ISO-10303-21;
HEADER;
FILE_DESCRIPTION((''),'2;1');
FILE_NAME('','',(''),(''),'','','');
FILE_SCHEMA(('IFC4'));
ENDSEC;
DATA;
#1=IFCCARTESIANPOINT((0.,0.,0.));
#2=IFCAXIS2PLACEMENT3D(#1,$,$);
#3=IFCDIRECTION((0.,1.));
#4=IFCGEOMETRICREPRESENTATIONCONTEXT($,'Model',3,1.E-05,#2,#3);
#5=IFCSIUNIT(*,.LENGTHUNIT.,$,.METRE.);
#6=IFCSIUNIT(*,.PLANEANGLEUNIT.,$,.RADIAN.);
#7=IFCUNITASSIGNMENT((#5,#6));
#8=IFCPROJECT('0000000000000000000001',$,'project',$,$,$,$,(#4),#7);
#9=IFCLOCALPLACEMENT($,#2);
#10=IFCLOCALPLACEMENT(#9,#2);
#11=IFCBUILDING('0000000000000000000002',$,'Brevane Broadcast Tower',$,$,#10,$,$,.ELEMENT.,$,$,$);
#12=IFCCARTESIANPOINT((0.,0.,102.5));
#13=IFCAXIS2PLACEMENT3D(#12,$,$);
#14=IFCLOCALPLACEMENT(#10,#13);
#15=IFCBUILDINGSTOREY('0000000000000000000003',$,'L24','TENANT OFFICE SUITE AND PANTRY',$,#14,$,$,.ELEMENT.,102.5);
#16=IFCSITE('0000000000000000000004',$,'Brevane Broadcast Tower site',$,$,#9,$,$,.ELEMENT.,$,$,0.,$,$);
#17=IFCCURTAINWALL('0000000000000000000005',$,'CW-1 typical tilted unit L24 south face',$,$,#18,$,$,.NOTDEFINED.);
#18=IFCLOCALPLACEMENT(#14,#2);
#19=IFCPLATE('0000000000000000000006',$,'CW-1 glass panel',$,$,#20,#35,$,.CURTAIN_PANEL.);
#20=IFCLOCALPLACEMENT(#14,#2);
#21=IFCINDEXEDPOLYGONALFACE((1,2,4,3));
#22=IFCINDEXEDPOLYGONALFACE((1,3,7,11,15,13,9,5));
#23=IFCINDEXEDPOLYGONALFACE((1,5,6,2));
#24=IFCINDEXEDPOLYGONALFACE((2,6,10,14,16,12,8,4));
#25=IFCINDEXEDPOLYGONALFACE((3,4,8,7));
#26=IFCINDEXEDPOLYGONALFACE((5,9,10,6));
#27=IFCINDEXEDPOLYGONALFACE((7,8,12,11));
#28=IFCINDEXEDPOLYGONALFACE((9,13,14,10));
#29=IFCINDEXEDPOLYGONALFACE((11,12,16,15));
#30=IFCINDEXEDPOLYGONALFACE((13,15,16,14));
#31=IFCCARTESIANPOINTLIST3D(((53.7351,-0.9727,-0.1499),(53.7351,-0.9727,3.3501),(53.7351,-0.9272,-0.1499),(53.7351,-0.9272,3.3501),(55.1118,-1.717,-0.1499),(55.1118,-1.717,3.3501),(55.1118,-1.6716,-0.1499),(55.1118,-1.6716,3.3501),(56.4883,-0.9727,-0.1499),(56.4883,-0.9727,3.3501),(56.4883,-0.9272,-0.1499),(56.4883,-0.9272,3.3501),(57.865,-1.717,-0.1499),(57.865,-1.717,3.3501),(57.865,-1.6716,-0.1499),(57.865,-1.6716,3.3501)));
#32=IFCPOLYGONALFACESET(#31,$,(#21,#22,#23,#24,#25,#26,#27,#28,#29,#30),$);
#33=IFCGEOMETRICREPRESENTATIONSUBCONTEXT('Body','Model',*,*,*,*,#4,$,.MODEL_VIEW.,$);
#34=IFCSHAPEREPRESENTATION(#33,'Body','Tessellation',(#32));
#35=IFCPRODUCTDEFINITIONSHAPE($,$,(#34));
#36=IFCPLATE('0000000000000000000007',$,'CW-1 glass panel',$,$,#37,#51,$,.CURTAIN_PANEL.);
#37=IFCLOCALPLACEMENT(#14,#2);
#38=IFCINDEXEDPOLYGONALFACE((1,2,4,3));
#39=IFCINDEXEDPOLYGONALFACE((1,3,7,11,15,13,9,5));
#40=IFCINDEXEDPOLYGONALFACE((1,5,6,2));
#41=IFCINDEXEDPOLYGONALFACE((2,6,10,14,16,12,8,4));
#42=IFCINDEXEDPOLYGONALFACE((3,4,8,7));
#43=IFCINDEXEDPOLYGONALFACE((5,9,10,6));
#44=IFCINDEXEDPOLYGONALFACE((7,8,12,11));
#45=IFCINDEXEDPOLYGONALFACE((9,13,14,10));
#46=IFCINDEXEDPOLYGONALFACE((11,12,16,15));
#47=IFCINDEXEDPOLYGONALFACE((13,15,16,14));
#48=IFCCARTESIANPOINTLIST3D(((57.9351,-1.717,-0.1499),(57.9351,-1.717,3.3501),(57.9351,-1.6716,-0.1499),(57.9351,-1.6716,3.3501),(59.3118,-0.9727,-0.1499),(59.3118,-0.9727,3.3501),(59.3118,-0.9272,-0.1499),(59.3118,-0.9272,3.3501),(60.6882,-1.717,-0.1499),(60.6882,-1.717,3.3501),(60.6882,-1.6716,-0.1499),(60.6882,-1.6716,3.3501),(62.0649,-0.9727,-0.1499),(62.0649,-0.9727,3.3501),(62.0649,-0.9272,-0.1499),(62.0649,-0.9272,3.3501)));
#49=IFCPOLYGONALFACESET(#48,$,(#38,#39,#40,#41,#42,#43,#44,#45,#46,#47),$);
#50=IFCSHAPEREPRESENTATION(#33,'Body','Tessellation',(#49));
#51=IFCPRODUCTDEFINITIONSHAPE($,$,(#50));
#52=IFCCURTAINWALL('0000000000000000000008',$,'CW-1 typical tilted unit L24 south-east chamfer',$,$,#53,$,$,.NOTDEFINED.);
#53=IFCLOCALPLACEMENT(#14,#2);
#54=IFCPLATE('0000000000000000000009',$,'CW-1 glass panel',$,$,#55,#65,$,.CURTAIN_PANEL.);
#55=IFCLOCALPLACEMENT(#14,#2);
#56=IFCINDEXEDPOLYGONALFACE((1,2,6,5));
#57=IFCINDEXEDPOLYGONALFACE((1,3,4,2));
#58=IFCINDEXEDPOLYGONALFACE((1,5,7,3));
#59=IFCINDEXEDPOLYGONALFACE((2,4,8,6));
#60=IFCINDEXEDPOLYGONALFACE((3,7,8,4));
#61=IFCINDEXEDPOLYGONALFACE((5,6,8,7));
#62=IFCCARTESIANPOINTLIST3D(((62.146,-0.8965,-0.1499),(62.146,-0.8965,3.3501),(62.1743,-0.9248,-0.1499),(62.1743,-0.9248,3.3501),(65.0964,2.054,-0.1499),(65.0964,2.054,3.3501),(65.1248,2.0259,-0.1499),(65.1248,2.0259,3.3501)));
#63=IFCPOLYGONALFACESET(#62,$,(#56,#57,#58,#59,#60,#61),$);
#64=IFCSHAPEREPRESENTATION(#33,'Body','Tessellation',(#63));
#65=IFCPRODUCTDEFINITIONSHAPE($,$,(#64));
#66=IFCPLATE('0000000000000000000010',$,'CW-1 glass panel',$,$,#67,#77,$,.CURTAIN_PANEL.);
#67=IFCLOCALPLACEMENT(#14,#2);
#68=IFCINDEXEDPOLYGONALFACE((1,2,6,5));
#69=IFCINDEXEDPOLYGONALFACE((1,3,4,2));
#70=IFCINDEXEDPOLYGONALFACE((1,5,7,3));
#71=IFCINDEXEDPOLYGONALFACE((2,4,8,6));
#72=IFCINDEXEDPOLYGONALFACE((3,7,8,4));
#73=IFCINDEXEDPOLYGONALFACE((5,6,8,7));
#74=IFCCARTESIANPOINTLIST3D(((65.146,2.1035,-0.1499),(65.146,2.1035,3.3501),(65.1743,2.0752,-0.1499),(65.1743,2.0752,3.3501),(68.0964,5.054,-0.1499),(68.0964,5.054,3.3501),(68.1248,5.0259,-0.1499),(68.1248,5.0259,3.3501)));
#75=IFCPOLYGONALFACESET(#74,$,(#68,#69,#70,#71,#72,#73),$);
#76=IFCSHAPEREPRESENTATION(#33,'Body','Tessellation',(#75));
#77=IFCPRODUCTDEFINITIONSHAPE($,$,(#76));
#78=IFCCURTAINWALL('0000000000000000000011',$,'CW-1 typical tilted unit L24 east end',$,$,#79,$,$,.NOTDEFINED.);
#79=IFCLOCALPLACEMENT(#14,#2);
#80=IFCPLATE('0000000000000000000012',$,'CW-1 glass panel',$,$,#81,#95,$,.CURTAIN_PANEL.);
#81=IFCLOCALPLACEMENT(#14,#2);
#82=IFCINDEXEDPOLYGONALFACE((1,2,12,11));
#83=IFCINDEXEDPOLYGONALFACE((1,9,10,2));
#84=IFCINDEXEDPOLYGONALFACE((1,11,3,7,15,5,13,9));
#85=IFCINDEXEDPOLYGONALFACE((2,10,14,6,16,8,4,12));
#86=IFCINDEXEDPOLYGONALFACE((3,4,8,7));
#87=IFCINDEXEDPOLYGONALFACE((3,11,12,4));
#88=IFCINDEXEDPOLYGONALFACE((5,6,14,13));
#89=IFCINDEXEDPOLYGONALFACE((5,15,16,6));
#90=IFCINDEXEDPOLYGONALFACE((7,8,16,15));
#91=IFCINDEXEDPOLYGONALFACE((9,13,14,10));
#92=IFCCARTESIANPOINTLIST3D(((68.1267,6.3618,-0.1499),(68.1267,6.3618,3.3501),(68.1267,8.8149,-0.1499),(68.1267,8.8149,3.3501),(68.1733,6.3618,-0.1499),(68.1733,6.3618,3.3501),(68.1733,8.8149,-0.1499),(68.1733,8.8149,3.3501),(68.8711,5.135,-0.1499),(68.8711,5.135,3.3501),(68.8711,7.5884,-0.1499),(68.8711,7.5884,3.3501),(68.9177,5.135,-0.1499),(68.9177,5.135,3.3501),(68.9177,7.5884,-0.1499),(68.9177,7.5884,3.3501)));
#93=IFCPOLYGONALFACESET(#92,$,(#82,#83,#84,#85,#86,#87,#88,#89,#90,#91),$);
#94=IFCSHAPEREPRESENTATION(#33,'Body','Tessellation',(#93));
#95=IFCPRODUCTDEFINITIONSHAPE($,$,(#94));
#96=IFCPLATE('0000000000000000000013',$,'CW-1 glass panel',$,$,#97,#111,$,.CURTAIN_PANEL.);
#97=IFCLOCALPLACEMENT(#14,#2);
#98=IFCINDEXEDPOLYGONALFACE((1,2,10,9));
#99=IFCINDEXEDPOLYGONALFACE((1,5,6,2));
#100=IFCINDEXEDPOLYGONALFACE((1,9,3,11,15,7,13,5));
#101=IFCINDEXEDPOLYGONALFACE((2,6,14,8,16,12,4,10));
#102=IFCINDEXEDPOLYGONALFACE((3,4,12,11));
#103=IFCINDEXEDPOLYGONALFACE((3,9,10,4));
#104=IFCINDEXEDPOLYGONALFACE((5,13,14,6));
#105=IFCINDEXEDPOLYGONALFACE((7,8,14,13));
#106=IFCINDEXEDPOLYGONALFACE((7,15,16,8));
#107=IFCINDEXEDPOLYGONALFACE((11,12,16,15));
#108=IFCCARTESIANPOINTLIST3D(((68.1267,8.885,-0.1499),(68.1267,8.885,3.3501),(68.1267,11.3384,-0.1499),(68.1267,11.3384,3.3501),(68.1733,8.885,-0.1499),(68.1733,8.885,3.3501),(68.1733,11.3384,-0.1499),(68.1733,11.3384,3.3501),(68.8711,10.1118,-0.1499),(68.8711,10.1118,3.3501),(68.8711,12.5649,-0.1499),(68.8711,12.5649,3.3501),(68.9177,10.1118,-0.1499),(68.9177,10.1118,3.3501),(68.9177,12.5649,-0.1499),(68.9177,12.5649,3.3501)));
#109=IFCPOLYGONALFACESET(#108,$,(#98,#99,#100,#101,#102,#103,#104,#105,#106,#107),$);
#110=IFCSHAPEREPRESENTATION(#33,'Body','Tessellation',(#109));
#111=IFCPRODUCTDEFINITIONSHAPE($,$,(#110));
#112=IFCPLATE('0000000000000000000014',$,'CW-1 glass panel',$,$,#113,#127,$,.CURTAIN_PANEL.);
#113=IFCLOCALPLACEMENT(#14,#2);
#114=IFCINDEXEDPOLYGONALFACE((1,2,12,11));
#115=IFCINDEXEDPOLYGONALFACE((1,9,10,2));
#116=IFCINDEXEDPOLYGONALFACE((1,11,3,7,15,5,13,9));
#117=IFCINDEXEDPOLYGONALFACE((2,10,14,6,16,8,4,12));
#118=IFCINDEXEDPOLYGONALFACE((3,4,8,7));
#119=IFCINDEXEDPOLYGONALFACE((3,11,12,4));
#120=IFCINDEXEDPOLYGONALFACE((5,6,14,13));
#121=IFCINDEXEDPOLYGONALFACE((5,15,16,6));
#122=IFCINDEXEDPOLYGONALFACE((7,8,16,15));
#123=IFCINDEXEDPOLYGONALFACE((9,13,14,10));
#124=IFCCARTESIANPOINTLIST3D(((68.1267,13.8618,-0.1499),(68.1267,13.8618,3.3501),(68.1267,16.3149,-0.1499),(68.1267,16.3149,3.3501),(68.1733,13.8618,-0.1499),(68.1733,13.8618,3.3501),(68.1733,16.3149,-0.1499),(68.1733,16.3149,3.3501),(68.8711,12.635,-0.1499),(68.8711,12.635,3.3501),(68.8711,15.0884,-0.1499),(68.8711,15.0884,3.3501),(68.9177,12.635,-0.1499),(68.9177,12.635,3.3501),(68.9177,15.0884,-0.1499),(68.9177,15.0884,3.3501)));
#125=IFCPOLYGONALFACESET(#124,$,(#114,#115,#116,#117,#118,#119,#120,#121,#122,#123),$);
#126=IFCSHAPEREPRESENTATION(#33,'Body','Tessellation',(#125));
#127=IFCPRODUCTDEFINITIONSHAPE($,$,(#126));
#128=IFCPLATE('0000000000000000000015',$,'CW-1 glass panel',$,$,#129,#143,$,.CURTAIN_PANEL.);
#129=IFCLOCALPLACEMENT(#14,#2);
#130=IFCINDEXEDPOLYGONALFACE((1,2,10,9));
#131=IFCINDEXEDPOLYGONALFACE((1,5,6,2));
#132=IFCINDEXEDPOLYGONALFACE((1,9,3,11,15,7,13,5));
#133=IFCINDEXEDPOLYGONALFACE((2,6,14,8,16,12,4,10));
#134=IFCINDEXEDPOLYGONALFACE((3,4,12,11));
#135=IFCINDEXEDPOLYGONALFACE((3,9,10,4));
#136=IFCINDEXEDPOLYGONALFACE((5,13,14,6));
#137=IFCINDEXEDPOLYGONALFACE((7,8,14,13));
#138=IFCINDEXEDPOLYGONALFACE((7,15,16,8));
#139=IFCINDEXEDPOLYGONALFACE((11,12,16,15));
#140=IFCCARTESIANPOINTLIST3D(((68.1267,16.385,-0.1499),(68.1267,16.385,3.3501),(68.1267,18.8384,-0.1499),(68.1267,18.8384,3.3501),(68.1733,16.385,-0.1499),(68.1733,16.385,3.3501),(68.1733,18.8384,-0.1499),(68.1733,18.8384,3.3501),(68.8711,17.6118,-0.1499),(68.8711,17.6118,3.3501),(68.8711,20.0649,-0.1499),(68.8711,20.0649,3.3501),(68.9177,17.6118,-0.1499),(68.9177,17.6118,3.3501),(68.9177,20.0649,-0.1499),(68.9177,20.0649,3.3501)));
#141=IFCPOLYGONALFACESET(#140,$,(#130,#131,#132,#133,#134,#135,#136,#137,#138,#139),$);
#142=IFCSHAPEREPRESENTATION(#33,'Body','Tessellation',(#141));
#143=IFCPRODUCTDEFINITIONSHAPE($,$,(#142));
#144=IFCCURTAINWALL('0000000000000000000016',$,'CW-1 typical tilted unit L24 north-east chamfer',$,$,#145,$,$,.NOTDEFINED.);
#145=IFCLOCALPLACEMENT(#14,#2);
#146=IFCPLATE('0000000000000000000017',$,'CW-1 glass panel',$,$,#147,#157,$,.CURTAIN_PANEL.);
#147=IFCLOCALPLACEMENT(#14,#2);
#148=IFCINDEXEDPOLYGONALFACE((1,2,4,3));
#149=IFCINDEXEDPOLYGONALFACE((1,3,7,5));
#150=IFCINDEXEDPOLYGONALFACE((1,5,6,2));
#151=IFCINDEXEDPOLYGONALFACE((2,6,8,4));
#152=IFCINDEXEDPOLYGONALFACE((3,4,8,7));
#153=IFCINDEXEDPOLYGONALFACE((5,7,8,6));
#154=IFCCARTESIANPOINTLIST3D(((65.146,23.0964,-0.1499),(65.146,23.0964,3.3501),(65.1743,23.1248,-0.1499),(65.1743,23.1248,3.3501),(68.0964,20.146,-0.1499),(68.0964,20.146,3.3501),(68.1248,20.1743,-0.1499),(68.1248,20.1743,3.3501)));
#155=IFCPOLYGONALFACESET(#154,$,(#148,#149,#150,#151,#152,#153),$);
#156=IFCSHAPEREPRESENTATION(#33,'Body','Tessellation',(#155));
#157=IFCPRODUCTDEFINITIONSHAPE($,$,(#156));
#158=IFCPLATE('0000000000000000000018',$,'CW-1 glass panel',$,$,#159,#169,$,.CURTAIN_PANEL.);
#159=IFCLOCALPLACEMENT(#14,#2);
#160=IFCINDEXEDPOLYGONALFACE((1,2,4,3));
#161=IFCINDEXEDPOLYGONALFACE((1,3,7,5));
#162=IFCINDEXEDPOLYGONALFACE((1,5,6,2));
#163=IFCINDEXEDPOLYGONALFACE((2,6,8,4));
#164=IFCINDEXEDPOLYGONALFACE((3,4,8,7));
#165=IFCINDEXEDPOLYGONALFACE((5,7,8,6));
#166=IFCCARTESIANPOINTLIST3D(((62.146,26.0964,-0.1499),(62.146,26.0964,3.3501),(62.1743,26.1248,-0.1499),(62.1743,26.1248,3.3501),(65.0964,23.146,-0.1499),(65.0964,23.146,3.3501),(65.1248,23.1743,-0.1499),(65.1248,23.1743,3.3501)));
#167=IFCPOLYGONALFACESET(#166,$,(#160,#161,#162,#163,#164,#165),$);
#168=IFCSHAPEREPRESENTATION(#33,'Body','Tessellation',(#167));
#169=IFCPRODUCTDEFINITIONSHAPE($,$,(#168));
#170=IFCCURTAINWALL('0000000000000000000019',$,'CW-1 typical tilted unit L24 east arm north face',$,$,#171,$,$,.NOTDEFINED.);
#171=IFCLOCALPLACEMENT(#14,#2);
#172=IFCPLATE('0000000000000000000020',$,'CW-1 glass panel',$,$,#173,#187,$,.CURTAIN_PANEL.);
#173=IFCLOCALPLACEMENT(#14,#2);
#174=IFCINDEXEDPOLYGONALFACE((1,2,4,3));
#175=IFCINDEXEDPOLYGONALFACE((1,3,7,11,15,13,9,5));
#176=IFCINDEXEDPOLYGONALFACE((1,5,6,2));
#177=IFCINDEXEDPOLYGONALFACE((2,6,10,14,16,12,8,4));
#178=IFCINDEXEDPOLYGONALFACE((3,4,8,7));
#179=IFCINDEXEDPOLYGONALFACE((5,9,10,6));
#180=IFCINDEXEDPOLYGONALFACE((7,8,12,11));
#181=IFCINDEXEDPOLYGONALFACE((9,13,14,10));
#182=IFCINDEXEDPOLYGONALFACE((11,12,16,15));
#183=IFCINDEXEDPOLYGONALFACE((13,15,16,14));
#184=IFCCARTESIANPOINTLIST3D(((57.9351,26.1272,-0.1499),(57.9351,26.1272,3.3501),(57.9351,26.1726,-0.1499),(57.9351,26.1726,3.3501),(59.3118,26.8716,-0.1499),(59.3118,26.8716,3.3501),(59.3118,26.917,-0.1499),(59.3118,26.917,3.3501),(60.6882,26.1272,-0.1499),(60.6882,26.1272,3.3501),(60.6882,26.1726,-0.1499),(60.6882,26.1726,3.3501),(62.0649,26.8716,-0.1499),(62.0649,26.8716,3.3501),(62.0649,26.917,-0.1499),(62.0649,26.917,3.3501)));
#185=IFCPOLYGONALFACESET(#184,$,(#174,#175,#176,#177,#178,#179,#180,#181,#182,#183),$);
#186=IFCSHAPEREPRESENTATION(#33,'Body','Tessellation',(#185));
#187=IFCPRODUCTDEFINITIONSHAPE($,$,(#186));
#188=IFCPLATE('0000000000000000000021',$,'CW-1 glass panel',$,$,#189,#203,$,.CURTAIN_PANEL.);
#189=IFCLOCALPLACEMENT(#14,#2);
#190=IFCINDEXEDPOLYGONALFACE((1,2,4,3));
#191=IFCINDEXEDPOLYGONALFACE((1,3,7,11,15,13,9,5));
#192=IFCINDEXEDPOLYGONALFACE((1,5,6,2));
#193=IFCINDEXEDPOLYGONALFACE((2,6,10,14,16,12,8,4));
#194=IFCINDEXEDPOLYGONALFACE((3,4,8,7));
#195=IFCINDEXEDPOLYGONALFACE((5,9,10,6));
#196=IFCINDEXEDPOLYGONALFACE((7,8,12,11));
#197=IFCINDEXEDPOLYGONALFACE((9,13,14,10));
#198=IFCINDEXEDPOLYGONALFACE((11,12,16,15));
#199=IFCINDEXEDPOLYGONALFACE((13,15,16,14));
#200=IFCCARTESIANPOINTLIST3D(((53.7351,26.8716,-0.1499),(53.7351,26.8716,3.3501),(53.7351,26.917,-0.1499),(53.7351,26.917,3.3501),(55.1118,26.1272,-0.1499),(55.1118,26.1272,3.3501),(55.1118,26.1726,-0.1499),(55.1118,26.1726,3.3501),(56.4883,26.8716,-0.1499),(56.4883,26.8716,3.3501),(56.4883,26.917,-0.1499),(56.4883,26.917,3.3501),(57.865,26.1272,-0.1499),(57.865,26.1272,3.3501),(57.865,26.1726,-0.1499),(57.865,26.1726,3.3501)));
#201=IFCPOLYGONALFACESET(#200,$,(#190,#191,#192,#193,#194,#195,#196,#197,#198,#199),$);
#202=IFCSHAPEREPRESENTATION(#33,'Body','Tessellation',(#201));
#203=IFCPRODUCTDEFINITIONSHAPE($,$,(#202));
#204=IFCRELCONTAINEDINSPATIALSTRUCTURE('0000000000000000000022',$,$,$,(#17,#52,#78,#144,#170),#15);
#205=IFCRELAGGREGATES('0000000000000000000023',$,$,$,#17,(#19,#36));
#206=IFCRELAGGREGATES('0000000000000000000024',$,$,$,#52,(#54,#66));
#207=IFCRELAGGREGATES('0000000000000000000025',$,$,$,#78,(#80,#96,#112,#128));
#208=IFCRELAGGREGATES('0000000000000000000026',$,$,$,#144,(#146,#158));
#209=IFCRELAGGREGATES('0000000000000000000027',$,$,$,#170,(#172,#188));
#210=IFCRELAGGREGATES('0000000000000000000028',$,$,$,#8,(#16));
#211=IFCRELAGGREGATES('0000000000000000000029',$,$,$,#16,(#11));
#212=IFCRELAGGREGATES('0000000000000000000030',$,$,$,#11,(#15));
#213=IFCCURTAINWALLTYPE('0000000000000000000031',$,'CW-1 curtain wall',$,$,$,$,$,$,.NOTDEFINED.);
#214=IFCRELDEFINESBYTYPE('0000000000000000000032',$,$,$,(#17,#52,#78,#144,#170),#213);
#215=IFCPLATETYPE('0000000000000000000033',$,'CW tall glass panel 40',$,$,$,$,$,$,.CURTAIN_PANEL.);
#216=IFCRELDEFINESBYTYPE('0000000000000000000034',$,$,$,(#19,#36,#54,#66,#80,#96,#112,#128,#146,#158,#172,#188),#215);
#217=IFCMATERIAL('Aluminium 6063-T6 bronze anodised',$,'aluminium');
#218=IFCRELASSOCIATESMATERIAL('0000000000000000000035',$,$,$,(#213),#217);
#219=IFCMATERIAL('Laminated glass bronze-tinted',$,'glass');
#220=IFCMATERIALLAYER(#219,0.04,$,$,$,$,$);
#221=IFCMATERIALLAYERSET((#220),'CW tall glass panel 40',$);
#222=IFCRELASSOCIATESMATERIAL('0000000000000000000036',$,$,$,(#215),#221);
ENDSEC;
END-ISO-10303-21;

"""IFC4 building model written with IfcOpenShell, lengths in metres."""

from ifc_helpers import new_model, si_unit, direction, frame, origin, place, context, subcontext, project, spatial, polyline, outline, extrude, material, layer, layer_set, type_object, element, aggregate, save


model = new_model("IFC4")

# Units and contexts
model_context = context("Model", 3, precision=1e-05, world=origin(), true_north=direction((0.0, 1.0)))
body_context = subcontext(model_context, "Body", "Model", "MODEL_VIEW")
ifc_project = project(units=[si_unit("LENGTHUNIT", "METRE"), si_unit("PLANEANGLEUNIT", "RADIAN")], contexts=[model_context])

# Site, building, storey
site_placement = place(None, origin())
site = spatial("IfcSite", under=ifc_project, at=site_placement, Name="Brevane Broadcast Tower site", CompositionType="ELEMENT", RefElevation=0.0)
building_placement = place(site_placement, origin())
building = spatial("IfcBuilding", under=site, at=building_placement, Name="Brevane Broadcast Tower", CompositionType="ELEMENT")
storey_placement = place(building_placement, frame((0.0, 0.0, 102.5)))
storey = spatial("IfcBuildingStorey", under=building, at=storey_placement, Name="L24", Description="TENANT OFFICE SUITE AND PANTRY", CompositionType="ELEMENT", Elevation=102.5)

# Curtain walls, plates
ifc_material_1 = material(Name="Aluminium 6063-T6 bronze anodised", Category="aluminium")
curtain_wall_type = type_object("IfcCurtainWallType", Name="CW-1 curtain wall", PredefinedType="NOTDEFINED", material=ifc_material_1)
curtain_wall_1_placement = place(storey_placement, origin())
curtain_wall_1 = element("IfcCurtainWall", 1, at=curtain_wall_1_placement, inside=storey, type_object=curtain_wall_type, Name="CW-1 typical tilted unit L24 south face", PredefinedType="NOTDEFINED")
ifc_material_2 = material(Name="Laminated glass bronze-tinted", Category="glass")
ifc_layer = layer(ifc_material_2, 0.04)
ifc_layer_set = layer_set([ifc_layer], Name="CW tall glass panel 40")
plate_type = type_object("IfcPlateType", Name="CW tall glass panel 40", PredefinedType="CURTAIN_PANEL", material=ifc_layer_set)
plate_1_placement = place(storey_placement, frame((0.0, 0.0, -0.1499)))
plate_1 = element("IfcPlate", 2, at=plate_1_placement, type_object=plate_type, Name="CW-1 glass panel", PredefinedType="CURTAIN_PANEL", context=body_context, shape_type="SweptSolid", body=[
    extrude(outline(polyline([(53.7351, -0.9272), (53.7351, -0.9727), (55.1118, -1.717), (56.4883, -0.9727), (57.865, -1.717), (57.865, -1.6716), (56.4883, -0.9272), (55.1118, -1.6716), (53.7351, -0.9272)])), origin(), (0.0, 0.0, 1.0), 3.5),
])
plate_2_placement = place(storey_placement, frame((0.0, 0.0, -0.1499)))
plate_2 = element("IfcPlate", 3, at=plate_2_placement, type_object=plate_type, Name="CW-1 glass panel", PredefinedType="CURTAIN_PANEL", context=body_context, shape_type="SweptSolid", body=[
    extrude(outline(polyline([(57.9351, -1.6716), (57.9351, -1.717), (59.3118, -0.9727), (60.6882, -1.717), (62.0649, -0.9727), (62.0649, -0.9272), (60.6882, -1.6716), (59.3118, -0.9272), (57.9351, -1.6716)])), origin(), (0.0, 0.0, 1.0), 3.5),
])
aggregate(curtain_wall_1, [plate_1, plate_2])
curtain_wall_2_placement = place(storey_placement, origin())
curtain_wall_2 = element("IfcCurtainWall", 4, at=curtain_wall_2_placement, inside=storey, type_object=curtain_wall_type, Name="CW-1 typical tilted unit L24 south-east chamfer", PredefinedType="NOTDEFINED")
plate_3_placement = place(storey_placement, frame((0.0, 0.0, -0.1499)))
plate_3 = element("IfcPlate", 5, at=plate_3_placement, type_object=plate_type, Name="CW-1 glass panel", PredefinedType="CURTAIN_PANEL", context=body_context, shape_type="SweptSolid", body=[
    extrude(outline(polyline([(62.146, -0.8965), (65.0964, 2.054), (65.1248, 2.0259), (62.1743, -0.9248), (62.146, -0.8965)])), origin(), (0.0, 0.0, 1.0), 3.5),
])
plate_4_placement = place(storey_placement, frame((0.0, 0.0, -0.1499)))
plate_4 = element("IfcPlate", 6, at=plate_4_placement, type_object=plate_type, Name="CW-1 glass panel", PredefinedType="CURTAIN_PANEL", context=body_context, shape_type="SweptSolid", body=[
    extrude(outline(polyline([(65.146, 2.1035), (68.0964, 5.054), (68.1248, 5.0259), (65.1743, 2.0752), (65.146, 2.1035)])), origin(), (0.0, 0.0, 1.0), 3.5),
])
aggregate(curtain_wall_2, [plate_3, plate_4])
curtain_wall_3_placement = place(storey_placement, origin())
curtain_wall_3 = element("IfcCurtainWall", 7, at=curtain_wall_3_placement, inside=storey, type_object=curtain_wall_type, Name="CW-1 typical tilted unit L24 east end", PredefinedType="NOTDEFINED")
plate_5_placement = place(storey_placement, frame((0.0, 0.0, -0.1499)))
plate_5 = element("IfcPlate", 8, at=plate_5_placement, type_object=plate_type, Name="CW-1 glass panel", PredefinedType="CURTAIN_PANEL", context=body_context, shape_type="SweptSolid", body=[
    extrude(outline(polyline([(68.8711, 5.135), (68.9177, 5.135), (68.1733, 6.3618), (68.9177, 7.5884), (68.1733, 8.8149), (68.1267, 8.8149), (68.8711, 7.5884), (68.1267, 6.3618), (68.8711, 5.135)])), origin(), (0.0, 0.0, 1.0), 3.5),
])
plate_6_placement = place(storey_placement, frame((0.0, 0.0, -0.1499)))
plate_6 = element("IfcPlate", 9, at=plate_6_placement, type_object=plate_type, Name="CW-1 glass panel", PredefinedType="CURTAIN_PANEL", context=body_context, shape_type="SweptSolid", body=[
    extrude(outline(polyline([(68.1267, 8.885), (68.1733, 8.885), (68.9177, 10.1118), (68.1733, 11.3384), (68.9177, 12.5649), (68.8711, 12.5649), (68.1267, 11.3384), (68.8711, 10.1118), (68.1267, 8.885)])), origin(), (0.0, 0.0, 1.0), 3.5),
])
plate_7_placement = place(storey_placement, frame((0.0, 0.0, -0.1499)))
plate_7 = element("IfcPlate", 10, at=plate_7_placement, type_object=plate_type, Name="CW-1 glass panel", PredefinedType="CURTAIN_PANEL", context=body_context, shape_type="SweptSolid", body=[
    extrude(outline(polyline([(68.8711, 12.635), (68.9177, 12.635), (68.1733, 13.8618), (68.9177, 15.0884), (68.1733, 16.3149), (68.1267, 16.3149), (68.8711, 15.0884), (68.1267, 13.8618), (68.8711, 12.635)])), origin(), (0.0, 0.0, 1.0), 3.5),
])
plate_8_placement = place(storey_placement, frame((0.0, 0.0, -0.1499)))
plate_8 = element("IfcPlate", 11, at=plate_8_placement, type_object=plate_type, Name="CW-1 glass panel", PredefinedType="CURTAIN_PANEL", context=body_context, shape_type="SweptSolid", body=[
    extrude(outline(polyline([(68.1267, 16.385), (68.1733, 16.385), (68.9177, 17.6118), (68.1733, 18.8384), (68.9177, 20.0649), (68.8711, 20.0649), (68.1267, 18.8384), (68.8711, 17.6118), (68.1267, 16.385)])), origin(), (0.0, 0.0, 1.0), 3.5),
])
aggregate(curtain_wall_3, [plate_5, plate_6, plate_7, plate_8])
curtain_wall_4_placement = place(storey_placement, origin())
curtain_wall_4 = element("IfcCurtainWall", 12, at=curtain_wall_4_placement, inside=storey, type_object=curtain_wall_type, Name="CW-1 typical tilted unit L24 north-east chamfer", PredefinedType="NOTDEFINED")
plate_9_placement = place(storey_placement, frame((0.0, 0.0, -0.1499)))
plate_9 = element("IfcPlate", 13, at=plate_9_placement, type_object=plate_type, Name="CW-1 glass panel", PredefinedType="CURTAIN_PANEL", context=body_context, shape_type="SweptSolid", body=[
    extrude(outline(polyline([(68.0964, 20.146), (65.146, 23.0964), (65.1743, 23.1248), (68.1248, 20.1743), (68.0964, 20.146)])), origin(), (0.0, 0.0, 1.0), 3.5),
])
plate_10_placement = place(storey_placement, frame((0.0, 0.0, -0.1499)))
plate_10 = element("IfcPlate", 14, at=plate_10_placement, type_object=plate_type, Name="CW-1 glass panel", PredefinedType="CURTAIN_PANEL", context=body_context, shape_type="SweptSolid", body=[
    extrude(outline(polyline([(65.0964, 23.146), (62.146, 26.0964), (62.1743, 26.1248), (65.1248, 23.1743), (65.0964, 23.146)])), origin(), (0.0, 0.0, 1.0), 3.5),
])
aggregate(curtain_wall_4, [plate_9, plate_10])
curtain_wall_5_placement = place(storey_placement, origin())
curtain_wall_5 = element("IfcCurtainWall", 15, at=curtain_wall_5_placement, inside=storey, type_object=curtain_wall_type, Name="CW-1 typical tilted unit L24 east arm north face", PredefinedType="NOTDEFINED")
plate_11_placement = place(storey_placement, frame((0.0, 0.0, -0.1499)))
plate_11 = element("IfcPlate", 16, at=plate_11_placement, type_object=plate_type, Name="CW-1 glass panel", PredefinedType="CURTAIN_PANEL", context=body_context, shape_type="SweptSolid", body=[
    extrude(outline(polyline([(62.0649, 26.8716), (62.0649, 26.917), (60.6882, 26.1726), (59.3118, 26.917), (57.9351, 26.1726), (57.9351, 26.1272), (59.3118, 26.8716), (60.6882, 26.1272), (62.0649, 26.8716)])), origin(), (0.0, 0.0, 1.0), 3.5),
])
plate_12_placement = place(storey_placement, frame((0.0, 0.0, -0.1499)))
plate_12 = element("IfcPlate", 17, at=plate_12_placement, type_object=plate_type, Name="CW-1 glass panel", PredefinedType="CURTAIN_PANEL", context=body_context, shape_type="SweptSolid", body=[
    extrude(outline(polyline([(57.865, 26.1272), (57.865, 26.1726), (56.4883, 26.917), (55.1118, 26.1726), (53.7351, 26.917), (53.7351, 26.8716), (55.1118, 26.1272), (56.4883, 26.8716), (57.865, 26.1272)])), origin(), (0.0, 0.0, 1.0), 3.5),
])
aggregate(curtain_wall_5, [plate_11, plate_12])

save(model, "model.ifc")
